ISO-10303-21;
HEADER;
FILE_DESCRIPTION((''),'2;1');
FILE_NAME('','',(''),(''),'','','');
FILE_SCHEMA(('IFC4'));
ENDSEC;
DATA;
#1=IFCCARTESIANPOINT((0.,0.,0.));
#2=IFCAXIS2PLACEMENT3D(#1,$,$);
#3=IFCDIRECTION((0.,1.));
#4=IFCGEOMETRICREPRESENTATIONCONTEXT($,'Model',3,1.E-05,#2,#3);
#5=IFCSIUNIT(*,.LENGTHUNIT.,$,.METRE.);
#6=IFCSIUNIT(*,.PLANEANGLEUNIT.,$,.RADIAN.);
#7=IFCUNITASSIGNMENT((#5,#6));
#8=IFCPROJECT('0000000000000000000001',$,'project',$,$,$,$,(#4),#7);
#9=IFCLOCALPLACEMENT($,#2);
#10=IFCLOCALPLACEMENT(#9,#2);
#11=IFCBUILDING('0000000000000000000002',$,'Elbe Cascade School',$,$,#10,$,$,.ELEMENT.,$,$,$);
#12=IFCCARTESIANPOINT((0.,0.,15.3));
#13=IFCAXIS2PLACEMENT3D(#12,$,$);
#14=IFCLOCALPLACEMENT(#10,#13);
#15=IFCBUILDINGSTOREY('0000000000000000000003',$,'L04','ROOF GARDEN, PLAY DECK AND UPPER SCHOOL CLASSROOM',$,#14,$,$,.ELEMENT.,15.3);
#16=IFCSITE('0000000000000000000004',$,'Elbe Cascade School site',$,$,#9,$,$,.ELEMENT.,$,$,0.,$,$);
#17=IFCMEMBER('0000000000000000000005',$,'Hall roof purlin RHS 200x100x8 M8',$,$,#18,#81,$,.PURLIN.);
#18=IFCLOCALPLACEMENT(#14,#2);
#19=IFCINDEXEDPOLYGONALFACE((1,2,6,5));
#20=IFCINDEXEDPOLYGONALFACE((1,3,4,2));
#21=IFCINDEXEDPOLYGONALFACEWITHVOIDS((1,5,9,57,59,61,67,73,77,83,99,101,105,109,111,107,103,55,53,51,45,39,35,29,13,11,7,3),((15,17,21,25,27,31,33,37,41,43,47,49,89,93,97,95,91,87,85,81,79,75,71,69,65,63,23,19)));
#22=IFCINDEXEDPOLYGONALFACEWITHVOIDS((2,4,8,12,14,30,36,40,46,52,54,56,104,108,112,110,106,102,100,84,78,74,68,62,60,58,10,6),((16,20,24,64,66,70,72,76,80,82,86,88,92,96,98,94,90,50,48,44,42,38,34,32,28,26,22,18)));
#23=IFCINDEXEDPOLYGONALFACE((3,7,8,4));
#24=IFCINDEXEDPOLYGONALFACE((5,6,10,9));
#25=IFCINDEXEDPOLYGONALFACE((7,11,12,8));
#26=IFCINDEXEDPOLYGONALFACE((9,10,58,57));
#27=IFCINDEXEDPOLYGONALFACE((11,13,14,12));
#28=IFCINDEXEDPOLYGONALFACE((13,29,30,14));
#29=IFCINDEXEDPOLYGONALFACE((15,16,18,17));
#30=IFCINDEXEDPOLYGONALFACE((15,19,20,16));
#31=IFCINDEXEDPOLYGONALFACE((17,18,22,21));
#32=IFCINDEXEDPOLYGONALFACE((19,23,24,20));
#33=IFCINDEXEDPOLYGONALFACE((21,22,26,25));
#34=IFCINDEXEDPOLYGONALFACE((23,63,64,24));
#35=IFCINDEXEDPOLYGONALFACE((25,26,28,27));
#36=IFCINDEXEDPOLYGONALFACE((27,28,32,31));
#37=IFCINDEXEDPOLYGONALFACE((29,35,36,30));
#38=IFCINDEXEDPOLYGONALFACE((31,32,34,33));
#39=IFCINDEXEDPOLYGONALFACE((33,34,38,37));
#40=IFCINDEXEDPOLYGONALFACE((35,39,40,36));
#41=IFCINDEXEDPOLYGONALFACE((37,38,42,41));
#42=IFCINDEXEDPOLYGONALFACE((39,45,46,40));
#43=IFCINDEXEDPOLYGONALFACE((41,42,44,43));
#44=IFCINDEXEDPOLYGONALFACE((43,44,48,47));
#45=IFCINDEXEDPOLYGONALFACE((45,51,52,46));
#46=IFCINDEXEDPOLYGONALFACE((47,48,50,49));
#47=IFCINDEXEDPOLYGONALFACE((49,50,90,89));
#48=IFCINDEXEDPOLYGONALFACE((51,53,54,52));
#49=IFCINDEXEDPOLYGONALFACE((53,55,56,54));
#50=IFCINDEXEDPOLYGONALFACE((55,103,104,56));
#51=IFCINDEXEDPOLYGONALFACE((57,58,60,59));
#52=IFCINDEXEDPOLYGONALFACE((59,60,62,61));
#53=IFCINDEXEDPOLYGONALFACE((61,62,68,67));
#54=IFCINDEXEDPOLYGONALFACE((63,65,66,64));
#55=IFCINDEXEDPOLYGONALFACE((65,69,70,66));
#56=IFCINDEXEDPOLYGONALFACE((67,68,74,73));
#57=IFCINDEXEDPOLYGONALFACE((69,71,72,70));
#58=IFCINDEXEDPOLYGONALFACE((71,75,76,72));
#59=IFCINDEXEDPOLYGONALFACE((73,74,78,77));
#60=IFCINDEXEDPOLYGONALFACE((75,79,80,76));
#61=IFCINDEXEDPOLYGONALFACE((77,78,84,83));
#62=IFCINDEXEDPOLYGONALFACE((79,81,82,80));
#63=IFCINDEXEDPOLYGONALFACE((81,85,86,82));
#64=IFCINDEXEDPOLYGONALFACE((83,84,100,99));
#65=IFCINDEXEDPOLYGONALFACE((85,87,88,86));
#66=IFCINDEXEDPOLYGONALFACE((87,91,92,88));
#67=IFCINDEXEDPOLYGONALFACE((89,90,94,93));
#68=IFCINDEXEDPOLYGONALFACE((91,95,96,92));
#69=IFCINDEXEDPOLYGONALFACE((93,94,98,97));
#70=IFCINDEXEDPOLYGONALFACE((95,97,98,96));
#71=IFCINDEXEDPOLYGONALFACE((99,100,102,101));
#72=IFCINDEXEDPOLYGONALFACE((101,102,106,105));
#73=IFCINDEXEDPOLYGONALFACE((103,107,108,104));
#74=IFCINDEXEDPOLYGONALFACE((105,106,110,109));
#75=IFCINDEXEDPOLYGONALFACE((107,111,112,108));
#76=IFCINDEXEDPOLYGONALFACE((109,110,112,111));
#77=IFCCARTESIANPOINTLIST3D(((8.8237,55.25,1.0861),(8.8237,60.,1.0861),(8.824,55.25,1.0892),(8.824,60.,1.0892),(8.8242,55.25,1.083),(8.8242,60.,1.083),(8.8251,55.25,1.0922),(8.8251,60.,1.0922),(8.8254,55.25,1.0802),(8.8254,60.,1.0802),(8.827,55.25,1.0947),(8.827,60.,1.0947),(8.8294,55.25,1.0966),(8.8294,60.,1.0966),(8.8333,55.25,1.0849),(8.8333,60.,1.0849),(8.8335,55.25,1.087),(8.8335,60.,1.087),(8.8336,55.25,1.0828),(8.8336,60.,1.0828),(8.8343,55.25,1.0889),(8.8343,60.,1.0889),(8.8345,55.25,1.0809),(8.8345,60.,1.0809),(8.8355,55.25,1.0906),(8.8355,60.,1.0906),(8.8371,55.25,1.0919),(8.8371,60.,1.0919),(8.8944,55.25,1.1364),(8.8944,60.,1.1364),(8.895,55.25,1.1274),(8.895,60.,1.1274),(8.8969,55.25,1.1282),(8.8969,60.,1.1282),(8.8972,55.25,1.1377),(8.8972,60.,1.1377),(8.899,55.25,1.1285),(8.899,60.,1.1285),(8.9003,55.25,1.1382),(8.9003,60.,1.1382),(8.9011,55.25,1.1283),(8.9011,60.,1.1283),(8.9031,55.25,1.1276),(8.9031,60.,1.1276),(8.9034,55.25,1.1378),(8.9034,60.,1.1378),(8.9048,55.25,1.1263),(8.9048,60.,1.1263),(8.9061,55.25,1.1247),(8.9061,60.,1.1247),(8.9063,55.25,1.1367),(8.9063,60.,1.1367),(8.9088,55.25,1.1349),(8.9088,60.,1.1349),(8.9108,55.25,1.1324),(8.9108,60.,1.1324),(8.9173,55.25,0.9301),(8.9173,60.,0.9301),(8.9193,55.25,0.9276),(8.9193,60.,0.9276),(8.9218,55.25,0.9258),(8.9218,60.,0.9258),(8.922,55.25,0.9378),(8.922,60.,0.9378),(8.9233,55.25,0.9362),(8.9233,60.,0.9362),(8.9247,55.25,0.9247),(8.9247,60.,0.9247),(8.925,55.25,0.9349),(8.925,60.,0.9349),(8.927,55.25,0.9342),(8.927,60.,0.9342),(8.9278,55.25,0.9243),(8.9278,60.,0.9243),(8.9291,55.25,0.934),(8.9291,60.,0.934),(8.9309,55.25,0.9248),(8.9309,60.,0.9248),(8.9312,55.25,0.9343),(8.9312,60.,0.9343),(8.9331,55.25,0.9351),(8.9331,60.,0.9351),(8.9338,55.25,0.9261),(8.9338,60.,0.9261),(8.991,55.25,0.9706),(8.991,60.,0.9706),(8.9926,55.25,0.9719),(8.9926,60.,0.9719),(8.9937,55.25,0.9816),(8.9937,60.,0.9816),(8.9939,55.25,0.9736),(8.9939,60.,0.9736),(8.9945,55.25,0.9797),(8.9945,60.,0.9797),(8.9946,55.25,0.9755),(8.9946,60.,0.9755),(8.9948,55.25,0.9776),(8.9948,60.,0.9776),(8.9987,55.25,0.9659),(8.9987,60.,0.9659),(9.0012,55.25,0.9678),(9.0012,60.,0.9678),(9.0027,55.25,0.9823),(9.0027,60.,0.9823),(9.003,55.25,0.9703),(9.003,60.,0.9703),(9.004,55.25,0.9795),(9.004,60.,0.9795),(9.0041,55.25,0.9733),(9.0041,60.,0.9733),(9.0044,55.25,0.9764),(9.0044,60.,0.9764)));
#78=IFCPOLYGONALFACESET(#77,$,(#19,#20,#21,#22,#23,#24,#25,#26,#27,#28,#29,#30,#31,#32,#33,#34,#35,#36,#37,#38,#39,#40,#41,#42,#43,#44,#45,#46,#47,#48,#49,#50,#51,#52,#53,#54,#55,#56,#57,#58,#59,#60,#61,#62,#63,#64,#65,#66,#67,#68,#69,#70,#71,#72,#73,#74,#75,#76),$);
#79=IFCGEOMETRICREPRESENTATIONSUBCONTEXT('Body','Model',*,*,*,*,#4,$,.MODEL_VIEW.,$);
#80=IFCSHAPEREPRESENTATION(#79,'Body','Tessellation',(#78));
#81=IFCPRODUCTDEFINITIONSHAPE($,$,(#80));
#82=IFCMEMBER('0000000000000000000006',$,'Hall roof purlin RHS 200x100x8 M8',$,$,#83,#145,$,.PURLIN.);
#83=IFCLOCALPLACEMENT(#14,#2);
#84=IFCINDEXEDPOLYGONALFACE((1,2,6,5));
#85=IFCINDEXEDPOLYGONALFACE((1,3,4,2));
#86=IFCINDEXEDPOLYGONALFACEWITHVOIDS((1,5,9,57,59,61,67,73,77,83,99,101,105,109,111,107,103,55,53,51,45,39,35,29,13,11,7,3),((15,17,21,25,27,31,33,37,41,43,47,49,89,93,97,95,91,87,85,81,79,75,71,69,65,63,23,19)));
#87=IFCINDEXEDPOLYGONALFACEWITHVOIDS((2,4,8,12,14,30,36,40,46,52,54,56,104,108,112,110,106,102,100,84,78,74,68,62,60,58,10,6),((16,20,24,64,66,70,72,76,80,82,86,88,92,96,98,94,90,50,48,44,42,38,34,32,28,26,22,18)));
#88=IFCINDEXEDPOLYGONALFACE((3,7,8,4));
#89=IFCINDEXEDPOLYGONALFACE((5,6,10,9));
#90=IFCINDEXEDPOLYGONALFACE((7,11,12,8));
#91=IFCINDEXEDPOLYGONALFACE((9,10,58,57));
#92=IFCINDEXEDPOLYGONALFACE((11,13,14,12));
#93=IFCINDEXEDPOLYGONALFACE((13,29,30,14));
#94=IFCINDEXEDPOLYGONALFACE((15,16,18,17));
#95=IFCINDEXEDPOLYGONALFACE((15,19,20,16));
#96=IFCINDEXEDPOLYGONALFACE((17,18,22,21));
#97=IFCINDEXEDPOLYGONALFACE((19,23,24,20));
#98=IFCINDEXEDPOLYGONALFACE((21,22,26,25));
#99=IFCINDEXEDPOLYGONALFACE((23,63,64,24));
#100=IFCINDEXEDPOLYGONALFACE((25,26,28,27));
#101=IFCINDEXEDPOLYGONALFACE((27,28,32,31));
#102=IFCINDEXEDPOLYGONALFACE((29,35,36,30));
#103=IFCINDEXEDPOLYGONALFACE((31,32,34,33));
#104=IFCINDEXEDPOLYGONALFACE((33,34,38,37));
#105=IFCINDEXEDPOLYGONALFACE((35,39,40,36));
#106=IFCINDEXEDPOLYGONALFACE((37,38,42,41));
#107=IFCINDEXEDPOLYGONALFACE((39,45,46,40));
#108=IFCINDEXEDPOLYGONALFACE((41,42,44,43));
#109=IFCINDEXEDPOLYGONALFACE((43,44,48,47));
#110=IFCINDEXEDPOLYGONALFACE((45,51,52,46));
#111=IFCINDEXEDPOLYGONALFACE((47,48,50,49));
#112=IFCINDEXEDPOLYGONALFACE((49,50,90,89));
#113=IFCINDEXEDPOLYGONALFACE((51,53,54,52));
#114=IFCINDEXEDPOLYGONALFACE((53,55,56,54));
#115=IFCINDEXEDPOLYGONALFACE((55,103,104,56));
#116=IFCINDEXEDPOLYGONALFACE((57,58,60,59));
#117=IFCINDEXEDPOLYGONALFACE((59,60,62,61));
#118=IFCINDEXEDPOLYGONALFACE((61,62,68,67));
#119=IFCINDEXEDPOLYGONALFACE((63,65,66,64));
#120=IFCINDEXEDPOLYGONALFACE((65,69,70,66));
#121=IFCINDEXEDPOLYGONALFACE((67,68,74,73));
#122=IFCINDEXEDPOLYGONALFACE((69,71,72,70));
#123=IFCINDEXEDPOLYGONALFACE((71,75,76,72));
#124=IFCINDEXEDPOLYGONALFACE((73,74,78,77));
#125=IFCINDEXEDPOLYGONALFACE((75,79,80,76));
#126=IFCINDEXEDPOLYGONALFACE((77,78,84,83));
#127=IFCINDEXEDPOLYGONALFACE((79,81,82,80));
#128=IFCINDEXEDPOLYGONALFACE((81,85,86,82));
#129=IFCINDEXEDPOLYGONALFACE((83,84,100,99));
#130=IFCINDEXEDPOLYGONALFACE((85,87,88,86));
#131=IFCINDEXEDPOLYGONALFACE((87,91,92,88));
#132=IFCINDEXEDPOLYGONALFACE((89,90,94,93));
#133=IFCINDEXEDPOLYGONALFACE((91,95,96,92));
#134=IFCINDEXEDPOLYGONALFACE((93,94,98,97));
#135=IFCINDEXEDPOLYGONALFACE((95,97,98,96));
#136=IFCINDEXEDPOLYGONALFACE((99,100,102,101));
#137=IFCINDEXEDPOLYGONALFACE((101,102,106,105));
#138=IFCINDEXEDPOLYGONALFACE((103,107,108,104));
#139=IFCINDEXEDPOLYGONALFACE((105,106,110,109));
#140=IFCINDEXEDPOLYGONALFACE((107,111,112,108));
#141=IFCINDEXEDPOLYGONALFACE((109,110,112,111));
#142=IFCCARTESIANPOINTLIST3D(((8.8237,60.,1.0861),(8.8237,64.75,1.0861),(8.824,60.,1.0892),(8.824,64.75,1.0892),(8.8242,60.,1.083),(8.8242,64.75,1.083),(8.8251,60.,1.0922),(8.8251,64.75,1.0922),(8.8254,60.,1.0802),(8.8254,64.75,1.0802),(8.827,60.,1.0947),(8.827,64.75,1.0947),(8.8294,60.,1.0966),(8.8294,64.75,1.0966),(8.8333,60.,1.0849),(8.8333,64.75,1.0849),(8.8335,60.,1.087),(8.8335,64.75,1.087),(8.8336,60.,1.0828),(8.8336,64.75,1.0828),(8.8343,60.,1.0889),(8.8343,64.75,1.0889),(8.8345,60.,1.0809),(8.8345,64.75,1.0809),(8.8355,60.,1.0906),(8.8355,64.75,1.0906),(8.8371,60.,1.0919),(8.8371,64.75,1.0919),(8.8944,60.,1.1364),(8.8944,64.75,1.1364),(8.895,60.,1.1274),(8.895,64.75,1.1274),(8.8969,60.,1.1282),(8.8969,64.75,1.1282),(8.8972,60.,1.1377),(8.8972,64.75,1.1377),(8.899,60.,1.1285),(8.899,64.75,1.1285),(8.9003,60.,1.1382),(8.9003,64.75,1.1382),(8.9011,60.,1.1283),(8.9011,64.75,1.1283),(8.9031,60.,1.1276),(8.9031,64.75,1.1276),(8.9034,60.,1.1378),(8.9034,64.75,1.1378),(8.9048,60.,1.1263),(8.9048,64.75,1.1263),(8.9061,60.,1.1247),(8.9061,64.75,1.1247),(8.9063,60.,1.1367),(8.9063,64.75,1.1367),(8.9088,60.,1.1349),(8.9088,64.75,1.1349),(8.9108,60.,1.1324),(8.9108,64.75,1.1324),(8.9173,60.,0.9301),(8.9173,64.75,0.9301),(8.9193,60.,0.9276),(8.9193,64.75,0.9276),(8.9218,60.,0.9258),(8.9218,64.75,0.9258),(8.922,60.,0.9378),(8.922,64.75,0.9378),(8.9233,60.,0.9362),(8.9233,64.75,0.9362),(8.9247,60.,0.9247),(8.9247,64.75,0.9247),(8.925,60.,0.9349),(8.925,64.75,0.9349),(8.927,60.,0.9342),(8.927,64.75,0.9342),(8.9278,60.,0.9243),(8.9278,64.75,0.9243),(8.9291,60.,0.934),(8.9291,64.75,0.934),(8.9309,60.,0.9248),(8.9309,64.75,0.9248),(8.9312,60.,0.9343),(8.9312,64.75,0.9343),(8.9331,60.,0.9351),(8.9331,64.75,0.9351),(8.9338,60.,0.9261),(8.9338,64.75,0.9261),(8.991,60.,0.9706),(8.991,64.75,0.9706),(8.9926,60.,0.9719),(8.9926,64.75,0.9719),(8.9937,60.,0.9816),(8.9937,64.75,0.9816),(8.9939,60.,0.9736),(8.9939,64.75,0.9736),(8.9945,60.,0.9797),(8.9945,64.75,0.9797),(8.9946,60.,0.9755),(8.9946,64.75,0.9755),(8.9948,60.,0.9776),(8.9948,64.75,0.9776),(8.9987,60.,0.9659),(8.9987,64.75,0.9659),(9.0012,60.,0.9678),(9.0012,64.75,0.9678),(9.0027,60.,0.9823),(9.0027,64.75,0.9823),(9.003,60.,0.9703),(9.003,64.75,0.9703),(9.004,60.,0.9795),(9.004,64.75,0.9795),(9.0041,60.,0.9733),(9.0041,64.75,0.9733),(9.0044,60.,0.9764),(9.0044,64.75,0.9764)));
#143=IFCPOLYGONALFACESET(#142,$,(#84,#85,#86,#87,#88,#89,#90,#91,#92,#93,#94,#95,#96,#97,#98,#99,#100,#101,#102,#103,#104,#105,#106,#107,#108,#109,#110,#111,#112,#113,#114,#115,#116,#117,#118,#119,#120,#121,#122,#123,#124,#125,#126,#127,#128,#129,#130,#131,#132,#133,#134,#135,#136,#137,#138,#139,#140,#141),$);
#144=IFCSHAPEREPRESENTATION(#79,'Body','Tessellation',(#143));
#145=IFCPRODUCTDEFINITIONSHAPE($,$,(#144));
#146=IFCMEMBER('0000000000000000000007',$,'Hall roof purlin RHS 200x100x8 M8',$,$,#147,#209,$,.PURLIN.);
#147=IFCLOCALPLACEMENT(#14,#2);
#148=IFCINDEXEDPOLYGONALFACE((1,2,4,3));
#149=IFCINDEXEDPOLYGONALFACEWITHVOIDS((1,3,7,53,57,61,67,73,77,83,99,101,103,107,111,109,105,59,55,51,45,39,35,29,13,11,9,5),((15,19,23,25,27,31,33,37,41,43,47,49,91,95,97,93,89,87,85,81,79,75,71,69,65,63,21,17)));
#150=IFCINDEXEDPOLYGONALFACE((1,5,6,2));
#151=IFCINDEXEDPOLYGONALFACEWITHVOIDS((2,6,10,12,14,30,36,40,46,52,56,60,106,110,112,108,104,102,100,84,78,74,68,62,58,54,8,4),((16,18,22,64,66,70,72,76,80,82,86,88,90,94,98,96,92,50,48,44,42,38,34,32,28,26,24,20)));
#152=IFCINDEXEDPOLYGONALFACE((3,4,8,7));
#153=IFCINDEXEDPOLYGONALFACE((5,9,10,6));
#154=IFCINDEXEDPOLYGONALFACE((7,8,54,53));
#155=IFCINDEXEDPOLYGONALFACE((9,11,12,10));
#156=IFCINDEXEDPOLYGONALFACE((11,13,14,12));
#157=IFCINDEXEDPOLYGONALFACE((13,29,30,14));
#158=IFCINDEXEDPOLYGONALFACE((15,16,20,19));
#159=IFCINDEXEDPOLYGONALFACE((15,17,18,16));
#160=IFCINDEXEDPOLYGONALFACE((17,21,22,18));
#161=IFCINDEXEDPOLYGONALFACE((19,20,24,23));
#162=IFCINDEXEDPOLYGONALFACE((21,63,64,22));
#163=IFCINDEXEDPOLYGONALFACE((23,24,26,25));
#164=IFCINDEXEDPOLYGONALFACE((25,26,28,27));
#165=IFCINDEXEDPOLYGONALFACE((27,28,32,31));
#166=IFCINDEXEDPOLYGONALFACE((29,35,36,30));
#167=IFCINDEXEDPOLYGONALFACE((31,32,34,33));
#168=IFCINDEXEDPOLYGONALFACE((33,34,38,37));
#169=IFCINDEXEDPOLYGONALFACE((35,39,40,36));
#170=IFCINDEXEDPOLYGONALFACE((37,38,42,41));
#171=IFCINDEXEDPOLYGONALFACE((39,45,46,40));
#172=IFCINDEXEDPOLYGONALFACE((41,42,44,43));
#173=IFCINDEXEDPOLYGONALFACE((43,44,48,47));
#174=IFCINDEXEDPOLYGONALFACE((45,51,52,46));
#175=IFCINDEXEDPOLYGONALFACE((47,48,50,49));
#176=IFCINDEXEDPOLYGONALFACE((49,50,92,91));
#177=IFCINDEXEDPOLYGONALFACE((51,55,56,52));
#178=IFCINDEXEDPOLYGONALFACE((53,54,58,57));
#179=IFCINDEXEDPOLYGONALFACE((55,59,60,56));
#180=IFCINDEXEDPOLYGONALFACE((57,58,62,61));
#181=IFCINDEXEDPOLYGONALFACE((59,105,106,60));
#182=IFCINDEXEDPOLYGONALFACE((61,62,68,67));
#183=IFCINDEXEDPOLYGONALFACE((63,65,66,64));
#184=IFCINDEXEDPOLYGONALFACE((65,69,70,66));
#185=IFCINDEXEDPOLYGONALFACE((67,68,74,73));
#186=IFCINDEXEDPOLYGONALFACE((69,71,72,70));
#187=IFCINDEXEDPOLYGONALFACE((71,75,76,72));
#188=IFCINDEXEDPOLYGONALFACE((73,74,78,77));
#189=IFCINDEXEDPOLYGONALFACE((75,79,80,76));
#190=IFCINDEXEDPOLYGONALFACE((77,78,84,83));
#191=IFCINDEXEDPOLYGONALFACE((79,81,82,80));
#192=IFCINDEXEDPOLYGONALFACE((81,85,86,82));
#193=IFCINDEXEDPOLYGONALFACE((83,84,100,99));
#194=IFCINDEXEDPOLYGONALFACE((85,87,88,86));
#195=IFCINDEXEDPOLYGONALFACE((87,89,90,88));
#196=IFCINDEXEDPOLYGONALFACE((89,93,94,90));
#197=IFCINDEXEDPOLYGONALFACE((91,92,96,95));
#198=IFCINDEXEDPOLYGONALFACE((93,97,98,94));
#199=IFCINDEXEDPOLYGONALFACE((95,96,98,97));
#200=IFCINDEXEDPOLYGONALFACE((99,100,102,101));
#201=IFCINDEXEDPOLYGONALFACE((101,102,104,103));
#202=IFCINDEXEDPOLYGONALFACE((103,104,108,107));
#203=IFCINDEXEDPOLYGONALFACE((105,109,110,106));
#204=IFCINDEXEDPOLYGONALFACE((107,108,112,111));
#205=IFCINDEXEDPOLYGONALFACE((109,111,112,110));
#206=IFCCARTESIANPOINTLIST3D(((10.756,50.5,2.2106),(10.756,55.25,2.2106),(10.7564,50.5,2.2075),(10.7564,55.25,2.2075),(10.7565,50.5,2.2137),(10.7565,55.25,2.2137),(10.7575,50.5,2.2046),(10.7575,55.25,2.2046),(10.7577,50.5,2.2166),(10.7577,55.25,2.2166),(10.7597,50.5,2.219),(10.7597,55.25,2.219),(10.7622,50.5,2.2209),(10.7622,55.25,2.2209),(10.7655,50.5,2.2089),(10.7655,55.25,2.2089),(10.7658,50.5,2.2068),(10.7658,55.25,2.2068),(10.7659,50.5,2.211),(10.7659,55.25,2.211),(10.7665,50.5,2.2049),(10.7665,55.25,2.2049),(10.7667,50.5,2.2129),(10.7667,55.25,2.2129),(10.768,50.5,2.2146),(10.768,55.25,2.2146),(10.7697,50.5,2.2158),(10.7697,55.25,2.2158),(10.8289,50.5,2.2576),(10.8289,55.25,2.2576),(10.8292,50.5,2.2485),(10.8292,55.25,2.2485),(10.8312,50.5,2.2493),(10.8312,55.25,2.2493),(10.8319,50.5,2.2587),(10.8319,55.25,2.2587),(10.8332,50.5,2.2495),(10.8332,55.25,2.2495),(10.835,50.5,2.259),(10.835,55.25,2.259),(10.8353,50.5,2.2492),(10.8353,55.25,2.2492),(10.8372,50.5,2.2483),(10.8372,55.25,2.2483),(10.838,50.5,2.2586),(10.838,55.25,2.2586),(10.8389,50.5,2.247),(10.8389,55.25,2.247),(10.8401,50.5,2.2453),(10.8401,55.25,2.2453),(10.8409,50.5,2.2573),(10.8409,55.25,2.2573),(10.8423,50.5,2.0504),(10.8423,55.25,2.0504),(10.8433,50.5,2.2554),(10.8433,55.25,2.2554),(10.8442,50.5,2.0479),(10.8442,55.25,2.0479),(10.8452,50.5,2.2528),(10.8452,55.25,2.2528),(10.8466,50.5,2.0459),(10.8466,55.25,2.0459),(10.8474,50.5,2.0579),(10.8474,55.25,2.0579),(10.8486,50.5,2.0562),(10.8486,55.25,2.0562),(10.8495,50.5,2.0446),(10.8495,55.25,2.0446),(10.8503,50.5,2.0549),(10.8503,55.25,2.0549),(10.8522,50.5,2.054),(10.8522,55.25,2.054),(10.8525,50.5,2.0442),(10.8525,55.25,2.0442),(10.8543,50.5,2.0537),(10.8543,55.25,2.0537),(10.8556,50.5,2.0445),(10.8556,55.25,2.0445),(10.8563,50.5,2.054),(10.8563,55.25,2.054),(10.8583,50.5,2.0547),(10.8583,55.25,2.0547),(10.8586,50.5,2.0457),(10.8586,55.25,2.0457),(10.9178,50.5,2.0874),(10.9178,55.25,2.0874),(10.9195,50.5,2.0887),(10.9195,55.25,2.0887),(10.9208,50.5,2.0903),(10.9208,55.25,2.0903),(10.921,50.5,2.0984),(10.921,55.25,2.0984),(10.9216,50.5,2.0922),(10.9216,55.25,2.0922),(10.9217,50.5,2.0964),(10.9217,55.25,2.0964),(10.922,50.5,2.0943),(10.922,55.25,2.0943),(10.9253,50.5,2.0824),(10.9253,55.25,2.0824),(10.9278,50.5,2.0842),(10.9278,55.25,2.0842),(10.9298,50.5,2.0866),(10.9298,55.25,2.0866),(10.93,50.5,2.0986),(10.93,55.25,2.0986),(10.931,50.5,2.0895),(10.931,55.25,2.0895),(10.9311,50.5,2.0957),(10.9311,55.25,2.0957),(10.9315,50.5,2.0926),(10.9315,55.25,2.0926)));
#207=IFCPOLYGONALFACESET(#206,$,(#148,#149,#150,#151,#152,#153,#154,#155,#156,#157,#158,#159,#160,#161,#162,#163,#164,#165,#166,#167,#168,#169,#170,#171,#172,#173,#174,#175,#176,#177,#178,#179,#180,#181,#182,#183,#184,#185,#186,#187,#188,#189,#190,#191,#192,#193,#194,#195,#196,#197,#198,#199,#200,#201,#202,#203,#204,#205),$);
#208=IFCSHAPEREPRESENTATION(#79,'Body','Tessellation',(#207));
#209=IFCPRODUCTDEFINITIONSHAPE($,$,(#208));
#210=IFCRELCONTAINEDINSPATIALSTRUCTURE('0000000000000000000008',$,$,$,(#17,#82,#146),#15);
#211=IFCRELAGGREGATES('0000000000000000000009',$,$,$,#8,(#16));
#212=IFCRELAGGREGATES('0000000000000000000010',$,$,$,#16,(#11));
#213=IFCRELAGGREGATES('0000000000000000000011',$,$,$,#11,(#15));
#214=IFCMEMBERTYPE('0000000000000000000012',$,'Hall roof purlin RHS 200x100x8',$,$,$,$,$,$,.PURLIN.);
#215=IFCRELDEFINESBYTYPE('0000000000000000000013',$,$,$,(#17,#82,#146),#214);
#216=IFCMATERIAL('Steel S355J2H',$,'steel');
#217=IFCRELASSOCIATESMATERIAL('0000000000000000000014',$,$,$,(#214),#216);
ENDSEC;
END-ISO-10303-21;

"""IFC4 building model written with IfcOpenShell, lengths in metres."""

from ifc_helpers import new_model, si_unit, direction, frame, origin, origin_2d, place, context, subcontext, project, spatial, hollow_rectangle, extrude, material, material_profile, profile_set, type_object, element, save


model = new_model("IFC4")

# Units and contexts
model_context = context("Model", 3, precision=1e-05, world=origin(), true_north=direction((0.0, 1.0)))
body_context = subcontext(model_context, "Body", "Model", "MODEL_VIEW")
ifc_project = project(units=[si_unit("LENGTHUNIT", "METRE"), si_unit("PLANEANGLEUNIT", "RADIAN")], contexts=[model_context])

# Site, building, storey
site_placement = place(None, origin())
site = spatial("IfcSite", under=ifc_project, at=site_placement, Name="Elbe Cascade School site", CompositionType="ELEMENT", RefElevation=0.0)
building_placement = place(site_placement, origin())
building = spatial("IfcBuilding", under=site, at=building_placement, Name="Elbe Cascade School", CompositionType="ELEMENT")
storey_placement = place(building_placement, frame((0.0, 0.0, 15.3)))
storey = spatial("IfcBuildingStorey", under=building, at=storey_placement, Name="L04", Description="ROOF GARDEN, PLAY DECK AND UPPER SCHOOL CLASSROOM", CompositionType="ELEMENT", Elevation=15.3)

# Members
ifc_material_1 = material(Name="Steel S355J2H", Category="steel")
ifc_material_profile_1 = material_profile(ifc_material_1, hollow_rectangle(XDim=0.1001, YDim=0.2, WallThickness=0.0081, InnerFilletRadius=0.0081, OuterFilletRadius=0.012, at=origin_2d()), Name="RHS 200x100x8")
ifc_profile_set_1 = profile_set([ifc_material_profile_1], Name="Steel S355J2H")
member_type_1 = type_object("IfcMemberType", Name="Hall roof purlin RHS 200x100x8", PredefinedType="PURLIN", material=ifc_profile_set_1)
for number, where, z_axis, x_axis, name in (
    (1, (8.9141, 55.25, 1.0312), (0.0, 1.0, 0.0), (-0.852941, 0.0, -0.522008), "Hall roof purlin RHS 200x100x8 M8"),
    (2, (8.9141, 60.0, 1.0312), (0.0, 1.0, 0.0), (-0.852941, 0.0, -0.522008), "Hall roof purlin RHS 200x100x8 M8"),
    (3, (10.8438, 50.5, 2.1516), (0.0, 1.0, 0.0), (-0.876252, 0.0, -0.481853), "Hall roof purlin RHS 200x100x8 M8"),
):
    element("IfcMember", number, at=place(storey_placement, frame(where, z_axis=z_axis, x_axis=x_axis)), inside=storey, type_object=member_type_1, Name=name, PredefinedType="PURLIN", context=body_context, shape_type="SweptSolid", body=[
        extrude(hollow_rectangle(XDim=0.1001, YDim=0.2, WallThickness=0.0081, InnerFilletRadius=0.0081, OuterFilletRadius=0.012, at=origin_2d()), origin(), (0.0, 0.0, 1.0), 4.75),
    ])

save(model, "model.ifc")
